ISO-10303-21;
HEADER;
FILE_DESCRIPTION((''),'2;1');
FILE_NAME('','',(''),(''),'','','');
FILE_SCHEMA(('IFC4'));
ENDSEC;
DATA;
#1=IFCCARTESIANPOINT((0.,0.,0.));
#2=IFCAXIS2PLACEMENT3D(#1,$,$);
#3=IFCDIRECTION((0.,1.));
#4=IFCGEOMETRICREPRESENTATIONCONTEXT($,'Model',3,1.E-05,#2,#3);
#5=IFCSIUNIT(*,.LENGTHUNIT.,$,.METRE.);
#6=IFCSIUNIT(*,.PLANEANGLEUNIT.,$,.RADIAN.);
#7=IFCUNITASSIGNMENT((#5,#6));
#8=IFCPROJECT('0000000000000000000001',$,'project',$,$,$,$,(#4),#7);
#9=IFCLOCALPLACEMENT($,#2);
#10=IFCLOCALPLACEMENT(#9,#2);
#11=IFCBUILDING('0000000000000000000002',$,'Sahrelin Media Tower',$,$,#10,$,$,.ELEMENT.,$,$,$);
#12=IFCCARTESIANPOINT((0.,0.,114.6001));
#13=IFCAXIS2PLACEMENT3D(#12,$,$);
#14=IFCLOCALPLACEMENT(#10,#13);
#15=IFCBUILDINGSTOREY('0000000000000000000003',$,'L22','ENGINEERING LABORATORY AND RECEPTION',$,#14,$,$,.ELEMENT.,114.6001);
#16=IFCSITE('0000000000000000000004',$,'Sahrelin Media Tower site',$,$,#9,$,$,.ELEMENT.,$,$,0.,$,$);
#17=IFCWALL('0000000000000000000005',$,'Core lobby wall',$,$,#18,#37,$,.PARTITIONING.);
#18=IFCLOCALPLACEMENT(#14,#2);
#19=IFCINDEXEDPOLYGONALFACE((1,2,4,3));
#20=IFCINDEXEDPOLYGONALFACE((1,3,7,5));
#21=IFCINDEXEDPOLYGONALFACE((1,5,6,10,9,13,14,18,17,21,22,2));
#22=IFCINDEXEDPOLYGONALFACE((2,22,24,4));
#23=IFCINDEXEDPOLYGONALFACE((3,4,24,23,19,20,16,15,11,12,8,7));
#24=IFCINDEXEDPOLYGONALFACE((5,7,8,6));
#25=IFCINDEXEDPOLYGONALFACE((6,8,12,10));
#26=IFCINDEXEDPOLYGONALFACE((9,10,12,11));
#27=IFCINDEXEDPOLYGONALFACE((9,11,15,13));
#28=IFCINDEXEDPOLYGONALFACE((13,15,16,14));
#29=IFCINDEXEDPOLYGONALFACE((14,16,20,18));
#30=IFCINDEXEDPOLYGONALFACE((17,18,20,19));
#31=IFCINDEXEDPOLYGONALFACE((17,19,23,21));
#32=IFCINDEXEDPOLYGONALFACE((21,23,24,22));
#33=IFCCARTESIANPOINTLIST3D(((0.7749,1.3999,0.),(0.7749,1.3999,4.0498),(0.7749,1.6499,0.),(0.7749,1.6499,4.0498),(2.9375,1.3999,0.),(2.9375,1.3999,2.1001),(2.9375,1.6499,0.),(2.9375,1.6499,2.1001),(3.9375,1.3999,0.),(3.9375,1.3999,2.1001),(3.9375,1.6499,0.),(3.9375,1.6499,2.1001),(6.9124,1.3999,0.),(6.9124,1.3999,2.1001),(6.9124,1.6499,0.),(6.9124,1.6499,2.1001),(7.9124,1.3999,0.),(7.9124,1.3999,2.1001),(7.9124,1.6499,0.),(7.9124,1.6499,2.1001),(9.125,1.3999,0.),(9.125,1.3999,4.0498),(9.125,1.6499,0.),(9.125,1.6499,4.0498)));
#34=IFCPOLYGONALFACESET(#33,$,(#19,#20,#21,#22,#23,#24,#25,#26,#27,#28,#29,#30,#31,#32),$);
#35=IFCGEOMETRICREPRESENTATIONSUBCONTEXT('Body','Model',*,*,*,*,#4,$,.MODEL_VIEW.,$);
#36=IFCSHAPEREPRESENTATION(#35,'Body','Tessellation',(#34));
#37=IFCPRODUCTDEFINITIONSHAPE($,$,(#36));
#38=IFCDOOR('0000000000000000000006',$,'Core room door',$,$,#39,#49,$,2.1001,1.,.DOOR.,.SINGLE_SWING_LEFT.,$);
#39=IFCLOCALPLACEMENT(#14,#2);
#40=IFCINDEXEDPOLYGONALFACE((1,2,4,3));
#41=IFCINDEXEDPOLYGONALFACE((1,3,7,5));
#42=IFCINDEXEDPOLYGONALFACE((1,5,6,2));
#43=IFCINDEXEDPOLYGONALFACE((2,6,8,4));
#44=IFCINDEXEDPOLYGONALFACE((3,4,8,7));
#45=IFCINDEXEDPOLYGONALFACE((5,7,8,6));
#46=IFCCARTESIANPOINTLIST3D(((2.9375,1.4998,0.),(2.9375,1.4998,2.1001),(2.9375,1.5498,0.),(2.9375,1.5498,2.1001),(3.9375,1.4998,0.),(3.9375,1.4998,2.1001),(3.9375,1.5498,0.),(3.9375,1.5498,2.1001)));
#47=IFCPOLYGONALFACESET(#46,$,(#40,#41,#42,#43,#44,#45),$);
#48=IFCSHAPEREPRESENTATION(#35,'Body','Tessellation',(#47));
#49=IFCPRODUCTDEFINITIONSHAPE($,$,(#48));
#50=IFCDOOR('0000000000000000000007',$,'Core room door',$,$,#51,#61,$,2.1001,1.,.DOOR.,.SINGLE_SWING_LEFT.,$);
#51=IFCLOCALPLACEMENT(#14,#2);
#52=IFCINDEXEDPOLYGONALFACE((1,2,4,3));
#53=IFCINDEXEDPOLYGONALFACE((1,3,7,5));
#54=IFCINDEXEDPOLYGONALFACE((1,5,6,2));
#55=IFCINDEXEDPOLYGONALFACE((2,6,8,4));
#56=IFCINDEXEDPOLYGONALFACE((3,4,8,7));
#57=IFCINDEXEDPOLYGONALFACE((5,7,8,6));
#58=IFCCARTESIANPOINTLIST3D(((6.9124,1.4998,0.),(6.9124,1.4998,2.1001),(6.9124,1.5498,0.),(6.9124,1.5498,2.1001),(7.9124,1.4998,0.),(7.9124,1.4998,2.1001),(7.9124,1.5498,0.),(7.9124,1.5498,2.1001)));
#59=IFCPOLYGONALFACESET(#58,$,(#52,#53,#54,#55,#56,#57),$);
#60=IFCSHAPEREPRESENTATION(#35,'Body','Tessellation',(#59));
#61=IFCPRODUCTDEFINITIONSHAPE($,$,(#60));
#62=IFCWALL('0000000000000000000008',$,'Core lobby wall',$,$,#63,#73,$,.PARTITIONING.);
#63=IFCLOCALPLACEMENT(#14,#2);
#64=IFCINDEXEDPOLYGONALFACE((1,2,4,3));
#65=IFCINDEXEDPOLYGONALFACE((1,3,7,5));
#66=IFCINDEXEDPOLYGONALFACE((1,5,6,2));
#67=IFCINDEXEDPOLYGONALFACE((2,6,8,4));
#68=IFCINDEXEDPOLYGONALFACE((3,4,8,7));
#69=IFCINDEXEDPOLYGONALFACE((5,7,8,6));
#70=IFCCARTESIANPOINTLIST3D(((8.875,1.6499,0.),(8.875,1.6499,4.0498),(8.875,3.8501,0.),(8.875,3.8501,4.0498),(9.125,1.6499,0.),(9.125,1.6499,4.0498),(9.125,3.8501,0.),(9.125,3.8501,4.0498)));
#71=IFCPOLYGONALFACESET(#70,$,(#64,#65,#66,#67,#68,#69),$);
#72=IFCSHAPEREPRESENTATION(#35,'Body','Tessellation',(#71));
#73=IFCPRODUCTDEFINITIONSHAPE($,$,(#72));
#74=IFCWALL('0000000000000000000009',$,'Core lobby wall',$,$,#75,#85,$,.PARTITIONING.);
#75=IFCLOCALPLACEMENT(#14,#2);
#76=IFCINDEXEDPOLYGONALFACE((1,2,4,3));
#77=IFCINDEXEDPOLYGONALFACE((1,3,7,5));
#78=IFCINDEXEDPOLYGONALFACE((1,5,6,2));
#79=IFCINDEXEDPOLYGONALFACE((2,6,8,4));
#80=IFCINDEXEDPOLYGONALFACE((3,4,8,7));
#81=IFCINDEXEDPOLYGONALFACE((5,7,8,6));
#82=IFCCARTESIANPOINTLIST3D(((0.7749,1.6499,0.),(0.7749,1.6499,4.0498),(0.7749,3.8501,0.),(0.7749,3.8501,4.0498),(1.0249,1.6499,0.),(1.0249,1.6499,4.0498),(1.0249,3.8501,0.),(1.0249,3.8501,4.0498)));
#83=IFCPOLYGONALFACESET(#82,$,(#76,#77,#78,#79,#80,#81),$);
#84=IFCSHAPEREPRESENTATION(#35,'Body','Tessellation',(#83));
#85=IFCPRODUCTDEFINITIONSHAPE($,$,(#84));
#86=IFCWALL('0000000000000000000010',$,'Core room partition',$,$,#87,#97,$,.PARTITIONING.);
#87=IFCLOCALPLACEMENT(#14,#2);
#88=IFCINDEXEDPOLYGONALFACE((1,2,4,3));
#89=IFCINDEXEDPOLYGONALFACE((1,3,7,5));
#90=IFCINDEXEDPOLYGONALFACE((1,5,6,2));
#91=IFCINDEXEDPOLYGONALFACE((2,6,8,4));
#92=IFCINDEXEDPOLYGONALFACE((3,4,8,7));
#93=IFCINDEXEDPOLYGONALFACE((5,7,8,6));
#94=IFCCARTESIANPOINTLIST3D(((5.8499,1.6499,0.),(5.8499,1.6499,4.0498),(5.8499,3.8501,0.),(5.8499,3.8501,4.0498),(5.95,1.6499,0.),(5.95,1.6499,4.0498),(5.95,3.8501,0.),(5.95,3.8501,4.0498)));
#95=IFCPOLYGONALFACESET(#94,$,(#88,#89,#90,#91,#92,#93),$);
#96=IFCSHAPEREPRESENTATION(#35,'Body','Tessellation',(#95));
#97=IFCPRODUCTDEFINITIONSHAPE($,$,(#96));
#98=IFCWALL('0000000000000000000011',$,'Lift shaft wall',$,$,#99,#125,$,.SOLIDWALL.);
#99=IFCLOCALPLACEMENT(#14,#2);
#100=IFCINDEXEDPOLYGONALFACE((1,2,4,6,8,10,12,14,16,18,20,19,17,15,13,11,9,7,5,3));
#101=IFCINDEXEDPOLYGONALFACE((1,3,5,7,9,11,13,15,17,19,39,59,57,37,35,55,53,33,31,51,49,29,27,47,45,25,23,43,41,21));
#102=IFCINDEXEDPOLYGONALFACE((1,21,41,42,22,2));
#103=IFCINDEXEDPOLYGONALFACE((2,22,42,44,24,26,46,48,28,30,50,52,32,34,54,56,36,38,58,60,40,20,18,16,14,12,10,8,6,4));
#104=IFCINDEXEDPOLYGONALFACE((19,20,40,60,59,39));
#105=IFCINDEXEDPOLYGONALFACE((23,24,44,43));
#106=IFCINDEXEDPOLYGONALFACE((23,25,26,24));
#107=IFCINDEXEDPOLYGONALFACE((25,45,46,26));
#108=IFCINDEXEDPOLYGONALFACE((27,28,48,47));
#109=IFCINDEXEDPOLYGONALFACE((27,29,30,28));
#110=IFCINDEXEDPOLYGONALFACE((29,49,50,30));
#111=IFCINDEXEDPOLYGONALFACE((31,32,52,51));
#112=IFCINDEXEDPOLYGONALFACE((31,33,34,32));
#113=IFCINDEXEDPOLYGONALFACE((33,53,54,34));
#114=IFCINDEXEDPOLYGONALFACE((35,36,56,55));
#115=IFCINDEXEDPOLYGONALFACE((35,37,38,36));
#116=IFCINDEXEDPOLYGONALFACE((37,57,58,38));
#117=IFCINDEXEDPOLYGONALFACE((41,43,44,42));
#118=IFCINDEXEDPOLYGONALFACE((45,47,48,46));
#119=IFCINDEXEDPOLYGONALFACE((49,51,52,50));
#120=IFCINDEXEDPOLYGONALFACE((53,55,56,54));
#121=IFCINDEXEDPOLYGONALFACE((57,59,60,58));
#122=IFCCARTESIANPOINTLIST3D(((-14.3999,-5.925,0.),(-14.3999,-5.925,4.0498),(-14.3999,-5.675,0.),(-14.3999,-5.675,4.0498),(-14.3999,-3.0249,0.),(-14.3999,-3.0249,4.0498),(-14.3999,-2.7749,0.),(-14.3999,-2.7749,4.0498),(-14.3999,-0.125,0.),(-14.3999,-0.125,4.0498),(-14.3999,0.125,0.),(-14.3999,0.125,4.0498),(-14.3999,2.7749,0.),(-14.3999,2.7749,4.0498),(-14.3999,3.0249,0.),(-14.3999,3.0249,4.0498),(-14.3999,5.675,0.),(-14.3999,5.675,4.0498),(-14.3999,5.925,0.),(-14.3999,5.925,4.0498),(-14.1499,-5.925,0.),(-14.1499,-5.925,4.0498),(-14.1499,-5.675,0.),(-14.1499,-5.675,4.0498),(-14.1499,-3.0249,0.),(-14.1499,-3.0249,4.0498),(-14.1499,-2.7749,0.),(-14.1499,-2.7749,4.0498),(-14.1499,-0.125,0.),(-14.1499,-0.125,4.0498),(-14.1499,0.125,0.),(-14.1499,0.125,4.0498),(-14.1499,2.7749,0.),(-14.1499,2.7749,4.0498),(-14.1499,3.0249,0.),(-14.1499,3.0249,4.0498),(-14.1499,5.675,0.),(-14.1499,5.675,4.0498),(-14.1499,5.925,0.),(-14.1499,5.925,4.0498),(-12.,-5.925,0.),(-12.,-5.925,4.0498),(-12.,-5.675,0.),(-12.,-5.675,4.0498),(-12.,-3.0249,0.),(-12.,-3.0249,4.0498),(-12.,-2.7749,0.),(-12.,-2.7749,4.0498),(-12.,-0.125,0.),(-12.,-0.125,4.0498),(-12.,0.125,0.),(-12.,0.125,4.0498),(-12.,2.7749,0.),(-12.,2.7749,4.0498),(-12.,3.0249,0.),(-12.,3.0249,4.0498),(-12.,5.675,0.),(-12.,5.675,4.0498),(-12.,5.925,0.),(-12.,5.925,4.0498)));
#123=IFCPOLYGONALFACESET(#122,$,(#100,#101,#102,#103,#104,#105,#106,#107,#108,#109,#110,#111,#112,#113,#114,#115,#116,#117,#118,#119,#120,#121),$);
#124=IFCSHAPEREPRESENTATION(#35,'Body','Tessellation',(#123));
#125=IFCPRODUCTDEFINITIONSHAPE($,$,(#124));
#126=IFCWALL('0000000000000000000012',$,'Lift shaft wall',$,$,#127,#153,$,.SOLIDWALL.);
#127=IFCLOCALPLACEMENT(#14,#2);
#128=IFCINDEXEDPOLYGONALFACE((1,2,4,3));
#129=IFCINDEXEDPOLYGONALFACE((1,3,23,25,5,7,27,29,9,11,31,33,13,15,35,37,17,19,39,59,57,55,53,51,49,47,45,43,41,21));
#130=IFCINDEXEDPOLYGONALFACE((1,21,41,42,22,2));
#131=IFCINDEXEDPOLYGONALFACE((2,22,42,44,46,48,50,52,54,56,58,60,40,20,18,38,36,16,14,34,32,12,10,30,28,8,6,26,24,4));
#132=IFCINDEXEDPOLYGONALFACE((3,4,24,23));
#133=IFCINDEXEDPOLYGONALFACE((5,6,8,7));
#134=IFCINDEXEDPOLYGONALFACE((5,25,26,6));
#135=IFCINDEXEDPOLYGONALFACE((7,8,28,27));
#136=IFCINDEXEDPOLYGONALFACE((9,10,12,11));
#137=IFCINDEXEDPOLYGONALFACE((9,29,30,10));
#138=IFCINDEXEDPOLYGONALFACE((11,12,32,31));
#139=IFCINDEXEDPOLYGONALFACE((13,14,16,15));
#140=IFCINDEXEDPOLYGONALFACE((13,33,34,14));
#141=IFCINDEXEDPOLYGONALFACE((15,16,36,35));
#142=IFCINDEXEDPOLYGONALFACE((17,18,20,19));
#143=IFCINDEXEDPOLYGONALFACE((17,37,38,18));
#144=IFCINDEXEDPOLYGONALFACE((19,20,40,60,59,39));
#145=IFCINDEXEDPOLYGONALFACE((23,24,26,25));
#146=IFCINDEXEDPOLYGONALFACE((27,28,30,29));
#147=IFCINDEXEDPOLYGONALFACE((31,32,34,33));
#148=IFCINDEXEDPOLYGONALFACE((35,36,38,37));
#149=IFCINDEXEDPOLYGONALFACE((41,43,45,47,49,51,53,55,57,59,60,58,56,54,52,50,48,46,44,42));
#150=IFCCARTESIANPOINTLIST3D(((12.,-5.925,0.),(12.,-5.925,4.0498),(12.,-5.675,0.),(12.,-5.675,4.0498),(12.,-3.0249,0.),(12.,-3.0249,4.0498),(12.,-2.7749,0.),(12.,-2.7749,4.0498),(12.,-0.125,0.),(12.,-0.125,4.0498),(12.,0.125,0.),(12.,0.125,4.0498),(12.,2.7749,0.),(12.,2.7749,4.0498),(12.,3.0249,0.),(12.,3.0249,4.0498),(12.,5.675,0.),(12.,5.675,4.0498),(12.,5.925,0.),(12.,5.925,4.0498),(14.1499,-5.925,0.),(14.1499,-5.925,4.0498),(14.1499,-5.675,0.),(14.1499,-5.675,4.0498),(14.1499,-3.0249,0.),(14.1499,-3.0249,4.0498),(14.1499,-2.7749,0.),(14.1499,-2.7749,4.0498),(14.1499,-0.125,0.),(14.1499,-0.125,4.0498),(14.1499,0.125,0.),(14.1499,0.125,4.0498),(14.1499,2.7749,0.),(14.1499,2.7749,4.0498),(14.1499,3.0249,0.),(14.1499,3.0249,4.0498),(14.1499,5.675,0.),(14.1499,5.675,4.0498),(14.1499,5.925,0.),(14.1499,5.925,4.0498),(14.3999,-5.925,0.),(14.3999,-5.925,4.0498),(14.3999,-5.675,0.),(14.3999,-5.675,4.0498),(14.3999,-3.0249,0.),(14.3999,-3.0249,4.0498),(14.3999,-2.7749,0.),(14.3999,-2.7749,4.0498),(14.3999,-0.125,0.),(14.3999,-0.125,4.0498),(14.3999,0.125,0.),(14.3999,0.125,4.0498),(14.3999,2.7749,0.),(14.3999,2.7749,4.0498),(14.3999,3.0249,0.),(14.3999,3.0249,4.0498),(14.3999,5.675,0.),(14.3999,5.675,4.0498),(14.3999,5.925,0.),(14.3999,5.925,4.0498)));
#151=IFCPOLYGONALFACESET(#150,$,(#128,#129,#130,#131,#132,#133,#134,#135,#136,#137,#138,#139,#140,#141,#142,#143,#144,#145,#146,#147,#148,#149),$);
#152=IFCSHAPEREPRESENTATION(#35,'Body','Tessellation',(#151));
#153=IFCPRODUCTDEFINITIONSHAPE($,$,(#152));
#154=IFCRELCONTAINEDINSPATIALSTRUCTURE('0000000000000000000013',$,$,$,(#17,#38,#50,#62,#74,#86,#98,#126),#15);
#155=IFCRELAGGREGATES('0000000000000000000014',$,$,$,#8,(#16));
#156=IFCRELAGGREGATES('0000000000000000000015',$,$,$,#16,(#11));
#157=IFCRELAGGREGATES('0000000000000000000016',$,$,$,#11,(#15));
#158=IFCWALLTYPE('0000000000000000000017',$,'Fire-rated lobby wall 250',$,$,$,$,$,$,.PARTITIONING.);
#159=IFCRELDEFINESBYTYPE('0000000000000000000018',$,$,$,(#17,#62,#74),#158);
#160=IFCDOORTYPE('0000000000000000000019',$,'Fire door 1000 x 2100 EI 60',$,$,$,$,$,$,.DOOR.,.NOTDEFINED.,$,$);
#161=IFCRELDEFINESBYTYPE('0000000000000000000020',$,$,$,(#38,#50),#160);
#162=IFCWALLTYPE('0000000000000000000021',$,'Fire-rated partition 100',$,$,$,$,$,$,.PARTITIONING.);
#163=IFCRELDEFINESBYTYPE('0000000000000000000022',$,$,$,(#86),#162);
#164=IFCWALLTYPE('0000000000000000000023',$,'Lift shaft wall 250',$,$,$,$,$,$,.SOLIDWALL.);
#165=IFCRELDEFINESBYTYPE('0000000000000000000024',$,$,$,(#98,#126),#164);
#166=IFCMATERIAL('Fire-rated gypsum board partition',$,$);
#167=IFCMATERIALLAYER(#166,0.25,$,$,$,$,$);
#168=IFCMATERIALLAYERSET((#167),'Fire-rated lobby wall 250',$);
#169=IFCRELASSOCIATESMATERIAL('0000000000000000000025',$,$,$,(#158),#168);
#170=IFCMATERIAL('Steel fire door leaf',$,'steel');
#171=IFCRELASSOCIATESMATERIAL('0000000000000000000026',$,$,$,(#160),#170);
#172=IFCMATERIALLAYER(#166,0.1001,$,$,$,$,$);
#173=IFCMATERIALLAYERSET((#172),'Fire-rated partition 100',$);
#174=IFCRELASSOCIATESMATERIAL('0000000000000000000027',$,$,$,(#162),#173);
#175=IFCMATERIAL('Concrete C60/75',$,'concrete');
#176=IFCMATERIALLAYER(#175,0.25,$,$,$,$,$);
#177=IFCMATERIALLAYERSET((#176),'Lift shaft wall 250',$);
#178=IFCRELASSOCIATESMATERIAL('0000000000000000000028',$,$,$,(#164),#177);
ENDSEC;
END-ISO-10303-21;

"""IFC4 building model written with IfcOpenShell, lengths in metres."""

from ifc_helpers import new_model, si_unit, direction, frame, frame_2d, origin, place, context, subcontext, project, spatial, polyline, rectangle, outline, extrude, material, layer, layer_set, type_object, element, fill, save


model = new_model("IFC4")

# Units and contexts
model_context = context("Model", 3, precision=1e-05, world=origin(), true_north=direction((0.0, 1.0)))
body_context = subcontext(model_context, "Body", "Model", "MODEL_VIEW")
ifc_project = project(units=[si_unit("LENGTHUNIT", "METRE"), si_unit("PLANEANGLEUNIT", "RADIAN")], contexts=[model_context])

# Site, building, storey
site_placement = place(None, origin())
site = spatial("IfcSite", under=ifc_project, at=site_placement, Name="Sahrelin Media Tower site", CompositionType="ELEMENT", RefElevation=0.0)
building_placement = place(site_placement, origin())
building = spatial("IfcBuilding", under=site, at=building_placement, Name="Sahrelin Media Tower", CompositionType="ELEMENT")
storey_placement = place(building_placement, frame((0.0, 0.0, 114.6001)))
storey = spatial("IfcBuildingStorey", under=building, at=storey_placement, Name="L22", Description="ENGINEERING LABORATORY AND RECEPTION", CompositionType="ELEMENT", Elevation=114.6001)

# Shared definitions
placement_1 = place(storey_placement, origin())

# Wall, openings, doors
ifc_material_1 = material(Name="Fire-rated gypsum board partition")
ifc_layer_1 = layer(ifc_material_1, 0.25)
ifc_layer_set_1 = layer_set([ifc_layer_1], Name="Fire-rated lobby wall 250")
wall_type_1 = type_object("IfcWallType", Name="Fire-rated lobby wall 250", PredefinedType="PARTITIONING", material=ifc_layer_set_1)
wall_1_placement = place(storey_placement, frame((0.7749, 1.5249, 0.0), z_axis=(0.0, 0.0, 1.0), x_axis=(1.0, 0.0, 0.0)))
wall_1 = element("IfcWall", 1, at=wall_1_placement, inside=storey, type_object=wall_type_1, Name="Core lobby wall", PredefinedType="PARTITIONING", context=body_context, shape_type="SweptSolid", body=[
    extrude(rectangle(XDim=8.3501, YDim=0.25, at=frame_2d((4.175, 0.0))), origin(), (0.0, 0.0, 1.0), 4.0498),
])
opening_1_placement = place(wall_1_placement, frame((2.1626, 0.0, 0.0)))
opening_1 = element("IfcOpeningElement", 2, at=opening_1_placement, cuts=wall_1, PredefinedType="OPENING", context=body_context, shape_type="SweptSolid", body=[
    extrude(rectangle(XDim=1.0, YDim=2.1001, at=frame_2d((0.5, 1.05))), frame((0.0, 0.125, 0.0), z_axis=(0.0, -1.0, 0.0), x_axis=(1.0, 0.0, 0.0)), (0.0, 0.0, 1.0), 0.25),
])
opening_2_placement = place(wall_1_placement, frame((6.1375, 0.0, 0.0)))
opening_2 = element("IfcOpeningElement", 3, at=opening_2_placement, cuts=wall_1, PredefinedType="OPENING", context=body_context, shape_type="SweptSolid", body=[
    extrude(rectangle(XDim=1.0, YDim=2.1001, at=frame_2d((0.5, 1.05))), frame((0.0, 0.125, 0.0), z_axis=(0.0, -1.0, 0.0), x_axis=(1.0, 0.0, 0.0)), (0.0, 0.0, 1.0), 0.25),
])
ifc_material_2 = material(Name="Steel fire door leaf", Category="steel")
door_type_1 = type_object("IfcDoorType", Name="Fire door 1000 x 2100 EI 60", OperationType="NOTDEFINED", PredefinedType="DOOR", material=ifc_material_2)
door_1_placement = place(opening_1_placement, origin())
door_1 = element("IfcDoor", 4, at=door_1_placement, inside=storey, type_object=door_type_1, Name="Core room door", OperationType="SINGLE_SWING_LEFT", OverallHeight=2.1001, OverallWidth=1.0, PredefinedType="DOOR", context=body_context, shape_type="SweptSolid", body=[
    extrude(rectangle(XDim=1.0, YDim=2.1001, at=frame_2d((0.5, 1.05))), frame((0.0, 0.0249, 0.0), z_axis=(0.0, -1.0, 0.0), x_axis=(1.0, 0.0, 0.0)), (0.0, 0.0, 1.0), 0.05),
])
fill(opening_1, door_1)
door_2_placement = place(opening_2_placement, origin())
door_2 = element("IfcDoor", 5, at=door_2_placement, inside=storey, type_object=door_type_1, Name="Core room door", OperationType="SINGLE_SWING_LEFT", OverallHeight=2.1001, OverallWidth=1.0, PredefinedType="DOOR", context=body_context, shape_type="SweptSolid", body=[
    extrude(rectangle(XDim=1.0, YDim=2.1001, at=frame_2d((0.5, 1.05))), frame((0.0, 0.0249, 0.0), z_axis=(0.0, -1.0, 0.0), x_axis=(1.0, 0.0, 0.0)), (0.0, 0.0, 1.0), 0.05),
])
fill(opening_2, door_2)

# Walls
for number, where, z_axis, x_axis, name in (
    (6, (9.0, 1.6499, 0.0), (0.0, 0.0, 1.0), (0.0, 1.0, 0.0), "Core lobby wall"),
    (7, (0.8999, 1.6499, 0.0), (0.0, 0.0, 1.0), (0.0, 1.0, 0.0), "Core lobby wall"),
):
    element("IfcWall", number, at=place(storey_placement, frame(where, z_axis=z_axis, x_axis=x_axis)), inside=storey, type_object=wall_type_1, Name=name, PredefinedType="PARTITIONING", context=body_context, shape_type="SweptSolid", body=[
        extrude(rectangle(XDim=2.2002, YDim=0.25, at=frame_2d((1.1001, 0.0))), origin(), (0.0, 0.0, 1.0), 4.0498),
    ])
ifc_layer_2 = layer(ifc_material_1, 0.1001)
ifc_layer_set_2 = layer_set([ifc_layer_2], Name="Fire-rated partition 100")
wall_type_2 = type_object("IfcWallType", Name="Fire-rated partition 100", PredefinedType="PARTITIONING", material=ifc_layer_set_2)
wall_2_placement = place(storey_placement, frame((5.8999, 1.6499, 0.0), z_axis=(0.0, 0.0, 1.0), x_axis=(0.0, 1.0, 0.0)))
element("IfcWall", 8, at=wall_2_placement, inside=storey, type_object=wall_type_2, Name="Core room partition", PredefinedType="PARTITIONING", context=body_context, shape_type="SweptSolid", body=[
    extrude(rectangle(XDim=2.2002, YDim=0.1001, at=frame_2d((1.1001, 0.0))), origin(), (0.0, 0.0, 1.0), 4.0498),
])
ifc_material_3 = material(Name="Concrete C60/75", Category="concrete")
ifc_layer_3 = layer(ifc_material_3, 0.25)
ifc_layer_set_3 = layer_set([ifc_layer_3], Name="Lift shaft wall 250")
wall_type_3 = type_object("IfcWallType", Name="Lift shaft wall 250", PredefinedType="SOLIDWALL", material=ifc_layer_set_3)
element("IfcWall", 9, at=placement_1, inside=storey, type_object=wall_type_3, Name="Lift shaft wall", PredefinedType="SOLIDWALL", context=body_context, shape_type="SweptSolid", body=[
    extrude(outline(polyline([(-12.0, -5.925), (-12.0, -5.675), (-14.1499, -5.675), (-14.1499, -3.0249), (-12.0, -3.0249), (-12.0, -2.7749), (-14.1499, -2.7749), (-14.1499, -0.125), (-12.0, -0.125), (-12.0, 0.125), (-14.1499, 0.125), (-14.1499, 2.7749), (-12.0, 2.7749), (-12.0, 3.0249), (-14.1499, 3.0249), (-14.1499, 5.675), (-12.0, 5.675), (-12.0, 5.925), (-14.1499, 5.925), (-14.3999, 5.925), (-14.3999, 5.675), (-14.3999, 3.0249), (-14.3999, 2.7749), (-14.3999, 0.125), (-14.3999, -0.125), (-14.3999, -2.7749), (-14.3999, -3.0249), (-14.3999, -5.675), (-14.3999, -5.925), (-14.1499, -5.925), (-12.0, -5.925)])), origin(), (0.0, 0.0, 1.0), 4.0498),
])
element("IfcWall", 10, at=placement_1, inside=storey, type_object=wall_type_3, Name="Lift shaft wall", PredefinedType="SOLIDWALL", context=body_context, shape_type="SweptSolid", body=[
    extrude(outline(polyline([(12.0, -5.675), (12.0, -5.925), (14.1499, -5.925), (14.3999, -5.925), (14.3999, -5.675), (14.3999, -3.0249), (14.3999, -2.7749), (14.3999, -0.125), (14.3999, 0.125), (14.3999, 2.7749), (14.3999, 3.0249), (14.3999, 5.675), (14.3999, 5.925), (14.1499, 5.925), (12.0, 5.925), (12.0, 5.675), (14.1499, 5.675), (14.1499, 3.0249), (12.0, 3.0249), (12.0, 2.7749), (14.1499, 2.7749), (14.1499, 0.125), (12.0, 0.125), (12.0, -0.125), (14.1499, -0.125), (14.1499, -2.7749), (12.0, -2.7749), (12.0, -3.0249), (14.1499, -3.0249), (14.1499, -5.675), (12.0, -5.675)])), origin(), (0.0, 0.0, 1.0), 4.0498),
])

save(model, "model.ifc")
